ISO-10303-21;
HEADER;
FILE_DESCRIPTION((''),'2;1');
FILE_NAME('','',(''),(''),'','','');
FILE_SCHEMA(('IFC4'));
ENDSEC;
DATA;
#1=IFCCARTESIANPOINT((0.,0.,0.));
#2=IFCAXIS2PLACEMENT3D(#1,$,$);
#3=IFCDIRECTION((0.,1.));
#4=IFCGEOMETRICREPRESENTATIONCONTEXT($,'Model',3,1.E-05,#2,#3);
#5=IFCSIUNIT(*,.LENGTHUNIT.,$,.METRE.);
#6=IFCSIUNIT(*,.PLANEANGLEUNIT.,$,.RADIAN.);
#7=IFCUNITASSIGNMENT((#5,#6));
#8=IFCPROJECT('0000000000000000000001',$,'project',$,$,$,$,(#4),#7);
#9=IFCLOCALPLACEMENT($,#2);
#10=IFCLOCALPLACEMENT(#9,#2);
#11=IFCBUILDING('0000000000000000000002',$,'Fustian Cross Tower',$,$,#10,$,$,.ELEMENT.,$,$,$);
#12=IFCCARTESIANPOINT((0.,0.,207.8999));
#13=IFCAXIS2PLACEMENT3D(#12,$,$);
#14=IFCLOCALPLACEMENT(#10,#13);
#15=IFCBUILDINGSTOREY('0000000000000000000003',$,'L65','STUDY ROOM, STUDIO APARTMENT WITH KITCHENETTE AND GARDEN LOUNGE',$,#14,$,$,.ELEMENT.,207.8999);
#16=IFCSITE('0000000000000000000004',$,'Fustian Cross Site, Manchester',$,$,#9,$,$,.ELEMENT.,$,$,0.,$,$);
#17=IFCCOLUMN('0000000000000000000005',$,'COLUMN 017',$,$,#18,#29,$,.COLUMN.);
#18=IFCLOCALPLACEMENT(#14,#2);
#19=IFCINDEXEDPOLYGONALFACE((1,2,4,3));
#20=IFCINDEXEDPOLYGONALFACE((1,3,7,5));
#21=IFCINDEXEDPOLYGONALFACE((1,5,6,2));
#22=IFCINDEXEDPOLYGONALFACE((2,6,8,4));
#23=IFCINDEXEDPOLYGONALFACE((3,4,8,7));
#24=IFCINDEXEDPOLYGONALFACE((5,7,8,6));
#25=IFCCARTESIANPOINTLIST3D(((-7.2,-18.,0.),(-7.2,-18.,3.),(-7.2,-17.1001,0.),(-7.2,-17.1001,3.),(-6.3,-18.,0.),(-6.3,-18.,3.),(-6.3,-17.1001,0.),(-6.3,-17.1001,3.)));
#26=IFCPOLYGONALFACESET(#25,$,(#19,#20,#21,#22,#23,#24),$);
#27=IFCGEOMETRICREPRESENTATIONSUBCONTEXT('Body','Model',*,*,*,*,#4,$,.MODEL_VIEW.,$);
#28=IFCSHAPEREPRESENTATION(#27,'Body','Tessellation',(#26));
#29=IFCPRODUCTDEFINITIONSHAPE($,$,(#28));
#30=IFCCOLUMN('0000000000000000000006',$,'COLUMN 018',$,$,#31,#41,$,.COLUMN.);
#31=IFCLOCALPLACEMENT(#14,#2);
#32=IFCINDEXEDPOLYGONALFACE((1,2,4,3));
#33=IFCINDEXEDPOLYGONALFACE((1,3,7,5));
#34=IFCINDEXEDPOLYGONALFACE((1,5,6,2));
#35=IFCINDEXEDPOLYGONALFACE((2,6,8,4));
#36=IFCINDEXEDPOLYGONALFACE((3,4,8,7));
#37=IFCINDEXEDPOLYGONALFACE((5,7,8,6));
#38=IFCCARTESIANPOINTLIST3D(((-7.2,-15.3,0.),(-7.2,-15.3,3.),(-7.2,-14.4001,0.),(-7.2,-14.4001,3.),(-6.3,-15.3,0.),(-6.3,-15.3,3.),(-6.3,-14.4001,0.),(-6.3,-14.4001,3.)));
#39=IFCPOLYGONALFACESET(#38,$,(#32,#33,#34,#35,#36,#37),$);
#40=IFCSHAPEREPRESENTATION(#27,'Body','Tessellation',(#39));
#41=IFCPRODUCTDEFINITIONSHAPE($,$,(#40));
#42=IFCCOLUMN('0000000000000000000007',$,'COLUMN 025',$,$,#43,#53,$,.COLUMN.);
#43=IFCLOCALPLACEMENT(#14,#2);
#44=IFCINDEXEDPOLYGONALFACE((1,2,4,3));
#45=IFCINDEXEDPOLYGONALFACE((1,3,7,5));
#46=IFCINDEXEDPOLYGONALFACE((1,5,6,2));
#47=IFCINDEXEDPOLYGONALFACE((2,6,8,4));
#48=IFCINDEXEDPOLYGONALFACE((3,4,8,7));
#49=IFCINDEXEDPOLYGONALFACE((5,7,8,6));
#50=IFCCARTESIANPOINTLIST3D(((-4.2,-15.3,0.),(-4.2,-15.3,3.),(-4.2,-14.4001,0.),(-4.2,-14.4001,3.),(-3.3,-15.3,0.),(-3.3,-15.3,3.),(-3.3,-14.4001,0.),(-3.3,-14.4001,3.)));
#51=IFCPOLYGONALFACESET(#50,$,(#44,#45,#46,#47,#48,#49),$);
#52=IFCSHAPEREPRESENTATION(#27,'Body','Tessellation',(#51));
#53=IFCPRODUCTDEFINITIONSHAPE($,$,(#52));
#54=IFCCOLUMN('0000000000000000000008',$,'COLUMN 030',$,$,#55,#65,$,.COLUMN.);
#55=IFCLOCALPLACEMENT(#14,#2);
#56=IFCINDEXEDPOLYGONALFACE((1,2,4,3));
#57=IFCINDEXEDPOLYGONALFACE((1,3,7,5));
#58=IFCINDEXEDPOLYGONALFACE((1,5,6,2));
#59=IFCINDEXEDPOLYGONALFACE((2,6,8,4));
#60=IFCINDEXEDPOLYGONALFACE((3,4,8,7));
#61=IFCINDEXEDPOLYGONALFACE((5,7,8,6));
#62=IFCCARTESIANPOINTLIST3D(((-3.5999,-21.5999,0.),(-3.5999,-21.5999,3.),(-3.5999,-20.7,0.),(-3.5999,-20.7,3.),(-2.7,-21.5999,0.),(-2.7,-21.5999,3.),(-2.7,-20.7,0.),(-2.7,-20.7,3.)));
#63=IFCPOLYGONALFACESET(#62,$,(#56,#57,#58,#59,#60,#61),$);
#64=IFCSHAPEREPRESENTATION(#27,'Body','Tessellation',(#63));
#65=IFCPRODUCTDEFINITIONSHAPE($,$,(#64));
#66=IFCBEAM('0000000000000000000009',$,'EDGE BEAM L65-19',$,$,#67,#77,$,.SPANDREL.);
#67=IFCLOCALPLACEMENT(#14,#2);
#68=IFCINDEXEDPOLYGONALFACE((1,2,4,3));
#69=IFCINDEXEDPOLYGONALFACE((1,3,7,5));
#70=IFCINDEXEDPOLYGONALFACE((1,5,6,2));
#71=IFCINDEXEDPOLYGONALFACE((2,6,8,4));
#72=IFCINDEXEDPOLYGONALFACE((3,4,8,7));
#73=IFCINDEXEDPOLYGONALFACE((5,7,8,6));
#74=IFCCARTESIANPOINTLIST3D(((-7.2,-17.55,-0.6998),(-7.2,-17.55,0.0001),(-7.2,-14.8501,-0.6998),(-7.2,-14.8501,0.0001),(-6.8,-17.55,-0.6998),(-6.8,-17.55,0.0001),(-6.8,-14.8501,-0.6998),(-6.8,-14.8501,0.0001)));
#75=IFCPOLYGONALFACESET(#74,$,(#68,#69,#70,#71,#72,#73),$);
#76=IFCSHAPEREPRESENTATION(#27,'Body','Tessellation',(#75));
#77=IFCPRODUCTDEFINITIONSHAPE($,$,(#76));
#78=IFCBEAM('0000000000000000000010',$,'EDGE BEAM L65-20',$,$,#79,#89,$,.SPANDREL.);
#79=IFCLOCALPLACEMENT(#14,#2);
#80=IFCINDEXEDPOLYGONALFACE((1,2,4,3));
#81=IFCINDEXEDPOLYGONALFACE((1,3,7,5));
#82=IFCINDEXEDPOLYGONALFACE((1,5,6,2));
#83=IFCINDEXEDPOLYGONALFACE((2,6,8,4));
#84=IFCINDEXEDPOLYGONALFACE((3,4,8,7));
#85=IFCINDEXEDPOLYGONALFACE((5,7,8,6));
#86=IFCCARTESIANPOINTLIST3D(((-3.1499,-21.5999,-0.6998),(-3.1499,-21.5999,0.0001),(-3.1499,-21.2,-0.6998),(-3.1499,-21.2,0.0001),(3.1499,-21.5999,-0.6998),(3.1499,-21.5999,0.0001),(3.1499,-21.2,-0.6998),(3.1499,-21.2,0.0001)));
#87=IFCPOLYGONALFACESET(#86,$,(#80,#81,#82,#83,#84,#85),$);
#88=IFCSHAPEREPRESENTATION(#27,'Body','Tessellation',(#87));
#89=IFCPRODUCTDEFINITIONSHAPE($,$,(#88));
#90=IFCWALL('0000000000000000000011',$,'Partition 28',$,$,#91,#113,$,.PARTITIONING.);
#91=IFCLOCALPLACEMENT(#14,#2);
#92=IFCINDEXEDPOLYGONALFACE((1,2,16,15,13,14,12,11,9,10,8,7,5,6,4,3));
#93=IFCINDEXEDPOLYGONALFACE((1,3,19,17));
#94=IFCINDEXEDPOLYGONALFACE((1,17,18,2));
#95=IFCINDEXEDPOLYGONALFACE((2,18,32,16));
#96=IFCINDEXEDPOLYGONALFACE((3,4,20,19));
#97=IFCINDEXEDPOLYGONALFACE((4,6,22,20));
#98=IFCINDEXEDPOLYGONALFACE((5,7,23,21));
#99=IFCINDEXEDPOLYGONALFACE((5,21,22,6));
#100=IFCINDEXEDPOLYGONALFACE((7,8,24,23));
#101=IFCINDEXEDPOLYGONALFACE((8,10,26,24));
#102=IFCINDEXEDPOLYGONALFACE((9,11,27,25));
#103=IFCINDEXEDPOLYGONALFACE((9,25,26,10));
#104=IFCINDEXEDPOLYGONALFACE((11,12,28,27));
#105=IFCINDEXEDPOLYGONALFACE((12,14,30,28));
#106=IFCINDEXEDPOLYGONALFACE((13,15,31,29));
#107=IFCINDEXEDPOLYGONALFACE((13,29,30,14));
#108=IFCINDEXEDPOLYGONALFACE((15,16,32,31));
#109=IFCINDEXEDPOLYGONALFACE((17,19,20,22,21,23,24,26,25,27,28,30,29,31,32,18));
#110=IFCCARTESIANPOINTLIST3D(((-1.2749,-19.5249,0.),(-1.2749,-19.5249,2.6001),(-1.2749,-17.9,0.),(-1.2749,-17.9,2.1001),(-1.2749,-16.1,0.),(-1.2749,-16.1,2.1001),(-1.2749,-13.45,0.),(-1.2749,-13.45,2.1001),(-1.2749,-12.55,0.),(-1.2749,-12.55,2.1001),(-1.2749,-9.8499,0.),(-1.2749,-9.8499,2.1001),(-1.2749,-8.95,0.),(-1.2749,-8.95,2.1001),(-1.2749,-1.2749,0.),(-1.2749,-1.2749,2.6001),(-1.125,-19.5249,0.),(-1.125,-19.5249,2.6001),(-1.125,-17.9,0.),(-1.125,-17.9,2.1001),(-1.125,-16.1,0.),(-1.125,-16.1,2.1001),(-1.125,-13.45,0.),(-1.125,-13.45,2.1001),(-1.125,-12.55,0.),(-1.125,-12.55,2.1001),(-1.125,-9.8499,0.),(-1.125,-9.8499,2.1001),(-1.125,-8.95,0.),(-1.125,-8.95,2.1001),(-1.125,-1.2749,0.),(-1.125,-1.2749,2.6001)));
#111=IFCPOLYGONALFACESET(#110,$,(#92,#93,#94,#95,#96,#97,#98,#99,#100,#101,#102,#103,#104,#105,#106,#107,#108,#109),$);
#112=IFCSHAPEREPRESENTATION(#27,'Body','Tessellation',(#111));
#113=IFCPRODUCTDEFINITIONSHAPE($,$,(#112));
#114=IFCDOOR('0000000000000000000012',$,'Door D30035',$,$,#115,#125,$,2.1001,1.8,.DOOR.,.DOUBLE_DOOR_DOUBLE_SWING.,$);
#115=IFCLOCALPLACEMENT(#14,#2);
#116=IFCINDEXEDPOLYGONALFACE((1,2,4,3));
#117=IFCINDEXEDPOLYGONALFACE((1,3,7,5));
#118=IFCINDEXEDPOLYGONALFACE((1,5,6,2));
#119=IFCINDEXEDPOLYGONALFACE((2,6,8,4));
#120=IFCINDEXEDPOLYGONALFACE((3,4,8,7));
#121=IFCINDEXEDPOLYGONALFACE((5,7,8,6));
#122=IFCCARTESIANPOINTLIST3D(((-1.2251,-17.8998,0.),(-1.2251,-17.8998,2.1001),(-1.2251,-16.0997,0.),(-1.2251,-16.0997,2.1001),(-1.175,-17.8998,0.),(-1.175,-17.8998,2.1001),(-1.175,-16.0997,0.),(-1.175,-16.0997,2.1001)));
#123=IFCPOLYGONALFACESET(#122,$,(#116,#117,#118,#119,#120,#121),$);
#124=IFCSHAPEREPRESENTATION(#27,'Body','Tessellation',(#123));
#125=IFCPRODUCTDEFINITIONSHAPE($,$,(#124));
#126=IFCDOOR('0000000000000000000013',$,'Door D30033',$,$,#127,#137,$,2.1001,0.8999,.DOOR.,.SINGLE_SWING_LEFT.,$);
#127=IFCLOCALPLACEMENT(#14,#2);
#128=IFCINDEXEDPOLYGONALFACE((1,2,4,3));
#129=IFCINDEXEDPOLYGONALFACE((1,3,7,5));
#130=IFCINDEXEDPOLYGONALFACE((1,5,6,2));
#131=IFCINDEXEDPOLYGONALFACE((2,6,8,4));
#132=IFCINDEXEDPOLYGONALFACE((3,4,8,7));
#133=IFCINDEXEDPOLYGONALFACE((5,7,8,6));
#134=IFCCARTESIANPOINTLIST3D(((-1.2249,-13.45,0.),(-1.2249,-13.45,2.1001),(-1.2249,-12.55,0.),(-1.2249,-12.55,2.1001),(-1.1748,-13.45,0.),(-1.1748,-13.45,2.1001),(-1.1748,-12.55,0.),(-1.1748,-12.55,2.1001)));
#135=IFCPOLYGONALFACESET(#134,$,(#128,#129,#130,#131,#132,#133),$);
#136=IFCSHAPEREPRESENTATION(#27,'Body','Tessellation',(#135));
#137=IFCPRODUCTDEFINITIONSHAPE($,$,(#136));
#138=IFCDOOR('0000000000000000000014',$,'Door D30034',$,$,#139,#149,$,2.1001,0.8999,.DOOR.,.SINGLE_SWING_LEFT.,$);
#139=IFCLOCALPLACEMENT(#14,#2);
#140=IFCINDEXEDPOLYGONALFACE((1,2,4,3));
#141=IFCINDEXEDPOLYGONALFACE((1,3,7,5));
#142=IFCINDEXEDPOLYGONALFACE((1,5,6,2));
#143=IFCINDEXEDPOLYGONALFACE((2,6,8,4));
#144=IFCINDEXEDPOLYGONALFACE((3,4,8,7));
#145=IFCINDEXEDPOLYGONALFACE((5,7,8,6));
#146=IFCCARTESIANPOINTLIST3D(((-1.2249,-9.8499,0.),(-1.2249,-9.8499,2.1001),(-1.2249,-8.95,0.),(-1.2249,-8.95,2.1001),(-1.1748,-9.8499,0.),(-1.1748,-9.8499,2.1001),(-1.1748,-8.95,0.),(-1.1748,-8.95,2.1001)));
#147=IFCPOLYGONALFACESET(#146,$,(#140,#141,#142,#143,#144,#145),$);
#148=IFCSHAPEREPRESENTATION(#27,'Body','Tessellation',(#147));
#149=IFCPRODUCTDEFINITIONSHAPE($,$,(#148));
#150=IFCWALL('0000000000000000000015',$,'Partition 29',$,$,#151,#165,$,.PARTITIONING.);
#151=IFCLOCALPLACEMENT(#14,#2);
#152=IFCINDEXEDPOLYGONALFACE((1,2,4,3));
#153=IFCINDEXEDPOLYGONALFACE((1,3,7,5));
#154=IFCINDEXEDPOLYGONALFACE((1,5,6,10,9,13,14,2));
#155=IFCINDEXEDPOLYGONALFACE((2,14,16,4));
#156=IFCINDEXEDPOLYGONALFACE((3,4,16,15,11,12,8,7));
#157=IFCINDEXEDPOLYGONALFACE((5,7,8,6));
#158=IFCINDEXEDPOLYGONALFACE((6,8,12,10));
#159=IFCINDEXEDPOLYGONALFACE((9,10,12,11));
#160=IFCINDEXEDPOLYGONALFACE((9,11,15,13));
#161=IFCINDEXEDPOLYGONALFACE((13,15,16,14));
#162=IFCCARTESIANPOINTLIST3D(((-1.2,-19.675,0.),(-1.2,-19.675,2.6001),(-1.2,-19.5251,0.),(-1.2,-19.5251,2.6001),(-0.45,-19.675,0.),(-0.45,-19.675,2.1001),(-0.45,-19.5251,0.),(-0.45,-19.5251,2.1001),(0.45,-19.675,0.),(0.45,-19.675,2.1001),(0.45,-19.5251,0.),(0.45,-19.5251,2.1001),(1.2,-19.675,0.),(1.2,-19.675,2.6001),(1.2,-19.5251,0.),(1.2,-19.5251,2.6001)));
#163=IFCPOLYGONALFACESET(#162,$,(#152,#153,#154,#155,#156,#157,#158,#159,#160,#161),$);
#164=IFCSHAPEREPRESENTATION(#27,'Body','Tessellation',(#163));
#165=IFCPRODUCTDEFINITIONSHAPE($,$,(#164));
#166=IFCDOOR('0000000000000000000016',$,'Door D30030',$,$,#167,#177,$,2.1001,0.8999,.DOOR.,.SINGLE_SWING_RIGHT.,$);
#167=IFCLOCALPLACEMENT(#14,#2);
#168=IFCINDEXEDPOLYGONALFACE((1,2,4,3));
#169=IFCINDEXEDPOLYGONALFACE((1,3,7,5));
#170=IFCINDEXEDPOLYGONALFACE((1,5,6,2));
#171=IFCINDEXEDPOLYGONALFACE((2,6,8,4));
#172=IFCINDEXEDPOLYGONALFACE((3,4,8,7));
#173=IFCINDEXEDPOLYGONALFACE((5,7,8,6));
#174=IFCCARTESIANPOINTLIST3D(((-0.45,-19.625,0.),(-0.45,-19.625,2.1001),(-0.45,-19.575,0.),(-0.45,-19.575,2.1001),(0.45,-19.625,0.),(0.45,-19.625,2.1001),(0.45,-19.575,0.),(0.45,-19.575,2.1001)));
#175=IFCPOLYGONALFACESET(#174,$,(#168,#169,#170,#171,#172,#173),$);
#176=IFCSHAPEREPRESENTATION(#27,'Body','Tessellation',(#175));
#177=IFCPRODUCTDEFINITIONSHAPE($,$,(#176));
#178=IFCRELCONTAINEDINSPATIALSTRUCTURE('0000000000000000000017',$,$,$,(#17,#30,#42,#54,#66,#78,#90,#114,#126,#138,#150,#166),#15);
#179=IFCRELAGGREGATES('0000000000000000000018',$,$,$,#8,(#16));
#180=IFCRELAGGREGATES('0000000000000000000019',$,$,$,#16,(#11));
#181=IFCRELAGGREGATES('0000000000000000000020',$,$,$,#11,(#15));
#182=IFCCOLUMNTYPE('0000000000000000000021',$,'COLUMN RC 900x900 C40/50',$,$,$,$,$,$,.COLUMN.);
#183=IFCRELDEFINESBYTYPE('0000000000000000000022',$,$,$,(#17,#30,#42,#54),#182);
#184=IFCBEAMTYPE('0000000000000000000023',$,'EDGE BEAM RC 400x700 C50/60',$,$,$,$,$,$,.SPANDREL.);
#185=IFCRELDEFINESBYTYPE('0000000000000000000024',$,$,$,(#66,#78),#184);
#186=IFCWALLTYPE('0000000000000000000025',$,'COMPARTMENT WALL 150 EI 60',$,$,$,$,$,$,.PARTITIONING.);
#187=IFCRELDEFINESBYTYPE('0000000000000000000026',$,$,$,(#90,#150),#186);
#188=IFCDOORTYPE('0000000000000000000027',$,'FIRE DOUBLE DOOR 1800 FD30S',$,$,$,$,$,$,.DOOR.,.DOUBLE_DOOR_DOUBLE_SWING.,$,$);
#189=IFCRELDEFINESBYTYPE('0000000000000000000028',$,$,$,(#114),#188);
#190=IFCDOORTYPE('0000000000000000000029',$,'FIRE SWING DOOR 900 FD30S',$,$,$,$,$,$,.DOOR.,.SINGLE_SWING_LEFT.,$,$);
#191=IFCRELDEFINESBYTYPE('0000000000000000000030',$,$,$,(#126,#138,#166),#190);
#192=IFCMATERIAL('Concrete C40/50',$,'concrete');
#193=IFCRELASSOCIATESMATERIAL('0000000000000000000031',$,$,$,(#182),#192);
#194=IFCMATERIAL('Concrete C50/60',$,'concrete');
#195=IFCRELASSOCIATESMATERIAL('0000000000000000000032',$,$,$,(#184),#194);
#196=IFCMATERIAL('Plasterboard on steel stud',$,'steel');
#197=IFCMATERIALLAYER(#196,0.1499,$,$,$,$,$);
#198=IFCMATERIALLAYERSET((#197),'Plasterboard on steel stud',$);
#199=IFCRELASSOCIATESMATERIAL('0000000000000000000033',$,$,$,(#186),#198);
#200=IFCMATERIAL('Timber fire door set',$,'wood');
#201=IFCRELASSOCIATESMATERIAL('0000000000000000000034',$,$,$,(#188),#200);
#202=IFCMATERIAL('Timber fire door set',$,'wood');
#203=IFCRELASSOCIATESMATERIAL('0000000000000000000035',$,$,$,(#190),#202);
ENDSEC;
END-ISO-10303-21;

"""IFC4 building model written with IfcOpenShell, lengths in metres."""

from ifc_helpers import new_model, si_unit, direction, frame, frame_2d, origin, origin_2d, place, context, subcontext, project, spatial, rectangle, extrude, material, layer, layer_set, material_profile, profile_set, type_object, element, fill, save


model = new_model("IFC4")

# Units and contexts
model_context = context("Model", 3, precision=1e-05, world=origin(), true_north=direction((0.0, 1.0)))
body_context = subcontext(model_context, "Body", "Model", "MODEL_VIEW")
ifc_project = project(units=[si_unit("LENGTHUNIT", "METRE"), si_unit("PLANEANGLEUNIT", "RADIAN")], contexts=[model_context])

# Site, building, storey
site_placement = place(None, origin())
site = spatial("IfcSite", under=ifc_project, at=site_placement, Name="Fustian Cross Site, Manchester", CompositionType="ELEMENT", RefElevation=0.0)
building_placement = place(site_placement, origin())
building = spatial("IfcBuilding", under=site, at=building_placement, Name="Fustian Cross Tower", CompositionType="ELEMENT")
storey_placement = place(building_placement, frame((0.0, 0.0, 207.8999)))
storey = spatial("IfcBuildingStorey", under=building, at=storey_placement, Name="L65", Description="STUDY ROOM, STUDIO APARTMENT WITH KITCHENETTE AND GARDEN LOUNGE", CompositionType="ELEMENT", Elevation=207.8999)

# Columns
ifc_material_1 = material(Name="Concrete C40/50", Category="concrete")
ifc_material_profile_1 = material_profile(ifc_material_1, rectangle(XDim=0.8999, YDim=0.8999, at=origin_2d()), Name="RC 900x900")
ifc_profile_set_1 = profile_set([ifc_material_profile_1], Name="Concrete C40/50")
column_type = type_object("IfcColumnType", Name="COLUMN RC 900x900 C40/50", PredefinedType="COLUMN", material=ifc_profile_set_1)
for number, where, z_axis, x_axis, name in (
    (1, (-6.75, -17.55, 0.0), (0.0, 0.0, 1.0), (1.0, 0.0, 0.0), "COLUMN 017"),
    (2, (-6.75, -14.8501, 0.0), (0.0, 0.0, 1.0), (1.0, 0.0, 0.0), "COLUMN 018"),
    (3, (-3.75, -14.8501, 0.0), (0.0, 0.0, 1.0), (1.0, 0.0, 0.0), "COLUMN 025"),
    (4, (-3.1499, -21.1499, 0.0), (0.0, 0.0, 1.0), (1.0, 0.0, 0.0), "COLUMN 030"),
):
    element("IfcColumn", number, at=place(storey_placement, frame(where, z_axis=z_axis, x_axis=x_axis)), inside=storey, type_object=column_type, Name=name, PredefinedType="COLUMN", context=body_context, shape_type="SweptSolid", body=[
        extrude(rectangle(XDim=0.8999, YDim=0.8999, at=origin_2d()), origin(), (0.0, 0.0, 1.0), 3.0),
    ])

# Beams
ifc_material_2 = material(Name="Concrete C50/60", Category="concrete")
ifc_material_profile_2 = material_profile(ifc_material_2, rectangle(XDim=0.3999, YDim=0.7, at=origin_2d()), Name="RC 400x700")
ifc_profile_set_2 = profile_set([ifc_material_profile_2], Name="Concrete C50/60")
beam_type = type_object("IfcBeamType", Name="EDGE BEAM RC 400x700 C50/60", PredefinedType="SPANDREL", material=ifc_profile_set_2)
beam_1_placement = place(storey_placement, frame((-7.0, -14.8501, -0.3499), z_axis=(0.0, -1.0, 0.0), x_axis=(1.0, 0.0, 0.0)))
element("IfcBeam", 5, at=beam_1_placement, inside=storey, type_object=beam_type, Name="EDGE BEAM L65-19", PredefinedType="SPANDREL", context=body_context, shape_type="SweptSolid", body=[
    extrude(rectangle(XDim=0.3999, YDim=0.7, at=origin_2d()), origin(), (0.0, 0.0, 1.0), 2.7),
])
beam_2_placement = place(storey_placement, frame((-3.1499, -21.3999, -0.3499), z_axis=(1.0, 0.0, 0.0), x_axis=(0.0, 1.0, 0.0)))
element("IfcBeam", 6, at=beam_2_placement, inside=storey, type_object=beam_type, Name="EDGE BEAM L65-20", PredefinedType="SPANDREL", context=body_context, shape_type="SweptSolid", body=[
    extrude(rectangle(XDim=0.3999, YDim=0.7, at=origin_2d()), origin(), (0.0, 0.0, 1.0), 6.2998),
])

# Wall, openings, doors
ifc_material_3 = material(Name="Plasterboard on steel stud", Category="steel")
ifc_layer_1 = layer(ifc_material_3, 0.1499)
ifc_layer_set_1 = layer_set([ifc_layer_1], Name="Plasterboard on steel stud")
wall_type_1 = type_object("IfcWallType", Name="COMPARTMENT WALL 150 EI 60", PredefinedType="PARTITIONING", material=ifc_layer_set_1)
wall_1_placement = place(storey_placement, frame((-1.2, -19.5249, 0.0), z_axis=(0.0, 0.0, 1.0), x_axis=(0.0, 1.0, 0.0)))
wall_1 = element("IfcWall", 7, at=wall_1_placement, inside=storey, type_object=wall_type_1, Name="Partition 28", PredefinedType="PARTITIONING", context=body_context, shape_type="SweptSolid", body=[
    extrude(rectangle(XDim=18.25, YDim=0.1499, at=frame_2d((9.125, 0.0))), origin(), (0.0, 0.0, 1.0), 2.6001),
])
opening_1_placement = place(wall_1_placement, frame((6.075, 0.0, 0.0)))
opening_1 = element("IfcOpeningElement", 8, at=opening_1_placement, cuts=wall_1, PredefinedType="OPENING", context=body_context, shape_type="SweptSolid", body=[
    extrude(rectangle(XDim=0.8999, YDim=2.1001, at=frame_2d((0.45, 1.05))), frame((0.0, 0.085, 0.0), z_axis=(0.0, -1.0, 0.0), x_axis=(1.0, 0.0, 0.0)), (0.0, 0.0, 1.0), 0.1699),
])
opening_2_placement = place(wall_1_placement, frame((9.675, 0.0, 0.0)))
opening_2 = element("IfcOpeningElement", 9, at=opening_2_placement, cuts=wall_1, PredefinedType="OPENING", context=body_context, shape_type="SweptSolid", body=[
    extrude(rectangle(XDim=0.8999, YDim=2.1001, at=frame_2d((0.45, 1.05))), frame((0.0, 0.085, 0.0), z_axis=(0.0, -1.0, 0.0), x_axis=(1.0, 0.0, 0.0)), (0.0, 0.0, 1.0), 0.1699),
])
opening_3_placement = place(wall_1_placement, frame((1.625, 0.0, 0.0)))
opening_3 = element("IfcOpeningElement", 10, at=opening_3_placement, cuts=wall_1, PredefinedType="OPENING", context=body_context, shape_type="SweptSolid", body=[
    extrude(rectangle(XDim=1.8, YDim=2.1001, at=frame_2d((0.8999, 1.05))), frame((0.0, 0.085, 0.0), z_axis=(0.0, -1.0, 0.0), x_axis=(1.0, 0.0, 0.0)), (0.0, 0.0, 1.0), 0.1699),
])
ifc_material_4 = material(Name="Timber fire door set", Category="wood")
door_type_1 = type_object("IfcDoorType", Name="FIRE DOUBLE DOOR 1800 FD30S", OperationType="DOUBLE_DOOR_DOUBLE_SWING", PredefinedType="DOOR", material=ifc_material_4)
door_1_placement = place(opening_3_placement, frame((1.8, 0.0, 0.0), z_axis=(0.0, 0.0, 1.0), x_axis=(-1.0, 0.0, 0.0)))
door_1 = element("IfcDoor", 11, at=door_1_placement, inside=storey, type_object=door_type_1, Name="Door D30035", OperationType="DOUBLE_DOOR_DOUBLE_SWING", OverallHeight=2.1001, OverallWidth=1.8, PredefinedType="DOOR", context=body_context, shape_type="SweptSolid", body=[
    extrude(rectangle(XDim=1.8, YDim=2.1001, at=frame_2d((0.8999, 1.05))), frame((0.0, 0.0249, 0.0), z_axis=(0.0, -1.0, 0.0), x_axis=(1.0, 0.0, 0.0)), (0.0, 0.0, 1.0), 0.05),
])
fill(opening_3, door_1)
ifc_material_5 = material(Name="Timber fire door set", Category="wood")
door_type_2 = type_object("IfcDoorType", Name="FIRE SWING DOOR 900 FD30S", OperationType="SINGLE_SWING_LEFT", PredefinedType="DOOR", material=ifc_material_5)
door_2_placement = place(opening_1_placement, origin())
door_2 = element("IfcDoor", 12, at=door_2_placement, inside=storey, type_object=door_type_2, Name="Door D30033", OperationType="SINGLE_SWING_LEFT", OverallHeight=2.1001, OverallWidth=0.8999, PredefinedType="DOOR", context=body_context, shape_type="SweptSolid", body=[
    extrude(rectangle(XDim=0.8999, YDim=2.1001, at=frame_2d((0.45, 1.05))), frame((0.0, 0.0249, 0.0), z_axis=(0.0, -1.0, 0.0), x_axis=(1.0, 0.0, 0.0)), (0.0, 0.0, 1.0), 0.05),
])
fill(opening_1, door_2)
door_3_placement = place(opening_2_placement, origin())
door_3 = element("IfcDoor", 13, at=door_3_placement, inside=storey, type_object=door_type_2, Name="Door D30034", OperationType="SINGLE_SWING_LEFT", OverallHeight=2.1001, OverallWidth=0.8999, PredefinedType="DOOR", context=body_context, shape_type="SweptSolid", body=[
    extrude(rectangle(XDim=0.8999, YDim=2.1001, at=frame_2d((0.45, 1.05))), frame((0.0, 0.0249, 0.0), z_axis=(0.0, -1.0, 0.0), x_axis=(1.0, 0.0, 0.0)), (0.0, 0.0, 1.0), 0.05),
])
fill(opening_2, door_3)

# Wall, opening, door
wall_2_placement = place(storey_placement, frame((-1.2, -19.6001, 0.0), z_axis=(0.0, 0.0, 1.0), x_axis=(1.0, 0.0, 0.0)))
wall_2 = element("IfcWall", 14, at=wall_2_placement, inside=storey, type_object=wall_type_1, Name="Partition 29", PredefinedType="PARTITIONING", context=body_context, shape_type="SweptSolid", body=[
    extrude(rectangle(XDim=2.3999, YDim=0.1499, at=frame_2d((1.2, 0.0))), origin(), (0.0, 0.0, 1.0), 2.6001),
])
opening_4_placement = place(wall_2_placement, frame((0.75, 0.0, 0.0)))
opening_4 = element("IfcOpeningElement", 15, at=opening_4_placement, cuts=wall_2, PredefinedType="OPENING", context=body_context, shape_type="SweptSolid", body=[
    extrude(rectangle(XDim=0.8999, YDim=2.1001, at=frame_2d((0.45, 1.05))), frame((0.0, 0.085, 0.0), z_axis=(0.0, -1.0, 0.0), x_axis=(1.0, 0.0, 0.0)), (0.0, 0.0, 1.0), 0.1699),
])
door_4_placement = place(opening_4_placement, frame((0.8999, 0.0, 0.0), z_axis=(0.0, 0.0, 1.0), x_axis=(-1.0, 0.0, 0.0)))
door_4 = element("IfcDoor", 16, at=door_4_placement, inside=storey, type_object=door_type_2, Name="Door D30030", OperationType="SINGLE_SWING_RIGHT", OverallHeight=2.1001, OverallWidth=0.8999, PredefinedType="DOOR", context=body_context, shape_type="SweptSolid", body=[
    extrude(rectangle(XDim=0.8999, YDim=2.1001, at=frame_2d((0.45, 1.05))), frame((0.0, 0.0249, 0.0), z_axis=(0.0, -1.0, 0.0), x_axis=(1.0, 0.0, 0.0)), (0.0, 0.0, 1.0), 0.05),
])
fill(opening_4, door_4)

save(model, "model.ifc")
